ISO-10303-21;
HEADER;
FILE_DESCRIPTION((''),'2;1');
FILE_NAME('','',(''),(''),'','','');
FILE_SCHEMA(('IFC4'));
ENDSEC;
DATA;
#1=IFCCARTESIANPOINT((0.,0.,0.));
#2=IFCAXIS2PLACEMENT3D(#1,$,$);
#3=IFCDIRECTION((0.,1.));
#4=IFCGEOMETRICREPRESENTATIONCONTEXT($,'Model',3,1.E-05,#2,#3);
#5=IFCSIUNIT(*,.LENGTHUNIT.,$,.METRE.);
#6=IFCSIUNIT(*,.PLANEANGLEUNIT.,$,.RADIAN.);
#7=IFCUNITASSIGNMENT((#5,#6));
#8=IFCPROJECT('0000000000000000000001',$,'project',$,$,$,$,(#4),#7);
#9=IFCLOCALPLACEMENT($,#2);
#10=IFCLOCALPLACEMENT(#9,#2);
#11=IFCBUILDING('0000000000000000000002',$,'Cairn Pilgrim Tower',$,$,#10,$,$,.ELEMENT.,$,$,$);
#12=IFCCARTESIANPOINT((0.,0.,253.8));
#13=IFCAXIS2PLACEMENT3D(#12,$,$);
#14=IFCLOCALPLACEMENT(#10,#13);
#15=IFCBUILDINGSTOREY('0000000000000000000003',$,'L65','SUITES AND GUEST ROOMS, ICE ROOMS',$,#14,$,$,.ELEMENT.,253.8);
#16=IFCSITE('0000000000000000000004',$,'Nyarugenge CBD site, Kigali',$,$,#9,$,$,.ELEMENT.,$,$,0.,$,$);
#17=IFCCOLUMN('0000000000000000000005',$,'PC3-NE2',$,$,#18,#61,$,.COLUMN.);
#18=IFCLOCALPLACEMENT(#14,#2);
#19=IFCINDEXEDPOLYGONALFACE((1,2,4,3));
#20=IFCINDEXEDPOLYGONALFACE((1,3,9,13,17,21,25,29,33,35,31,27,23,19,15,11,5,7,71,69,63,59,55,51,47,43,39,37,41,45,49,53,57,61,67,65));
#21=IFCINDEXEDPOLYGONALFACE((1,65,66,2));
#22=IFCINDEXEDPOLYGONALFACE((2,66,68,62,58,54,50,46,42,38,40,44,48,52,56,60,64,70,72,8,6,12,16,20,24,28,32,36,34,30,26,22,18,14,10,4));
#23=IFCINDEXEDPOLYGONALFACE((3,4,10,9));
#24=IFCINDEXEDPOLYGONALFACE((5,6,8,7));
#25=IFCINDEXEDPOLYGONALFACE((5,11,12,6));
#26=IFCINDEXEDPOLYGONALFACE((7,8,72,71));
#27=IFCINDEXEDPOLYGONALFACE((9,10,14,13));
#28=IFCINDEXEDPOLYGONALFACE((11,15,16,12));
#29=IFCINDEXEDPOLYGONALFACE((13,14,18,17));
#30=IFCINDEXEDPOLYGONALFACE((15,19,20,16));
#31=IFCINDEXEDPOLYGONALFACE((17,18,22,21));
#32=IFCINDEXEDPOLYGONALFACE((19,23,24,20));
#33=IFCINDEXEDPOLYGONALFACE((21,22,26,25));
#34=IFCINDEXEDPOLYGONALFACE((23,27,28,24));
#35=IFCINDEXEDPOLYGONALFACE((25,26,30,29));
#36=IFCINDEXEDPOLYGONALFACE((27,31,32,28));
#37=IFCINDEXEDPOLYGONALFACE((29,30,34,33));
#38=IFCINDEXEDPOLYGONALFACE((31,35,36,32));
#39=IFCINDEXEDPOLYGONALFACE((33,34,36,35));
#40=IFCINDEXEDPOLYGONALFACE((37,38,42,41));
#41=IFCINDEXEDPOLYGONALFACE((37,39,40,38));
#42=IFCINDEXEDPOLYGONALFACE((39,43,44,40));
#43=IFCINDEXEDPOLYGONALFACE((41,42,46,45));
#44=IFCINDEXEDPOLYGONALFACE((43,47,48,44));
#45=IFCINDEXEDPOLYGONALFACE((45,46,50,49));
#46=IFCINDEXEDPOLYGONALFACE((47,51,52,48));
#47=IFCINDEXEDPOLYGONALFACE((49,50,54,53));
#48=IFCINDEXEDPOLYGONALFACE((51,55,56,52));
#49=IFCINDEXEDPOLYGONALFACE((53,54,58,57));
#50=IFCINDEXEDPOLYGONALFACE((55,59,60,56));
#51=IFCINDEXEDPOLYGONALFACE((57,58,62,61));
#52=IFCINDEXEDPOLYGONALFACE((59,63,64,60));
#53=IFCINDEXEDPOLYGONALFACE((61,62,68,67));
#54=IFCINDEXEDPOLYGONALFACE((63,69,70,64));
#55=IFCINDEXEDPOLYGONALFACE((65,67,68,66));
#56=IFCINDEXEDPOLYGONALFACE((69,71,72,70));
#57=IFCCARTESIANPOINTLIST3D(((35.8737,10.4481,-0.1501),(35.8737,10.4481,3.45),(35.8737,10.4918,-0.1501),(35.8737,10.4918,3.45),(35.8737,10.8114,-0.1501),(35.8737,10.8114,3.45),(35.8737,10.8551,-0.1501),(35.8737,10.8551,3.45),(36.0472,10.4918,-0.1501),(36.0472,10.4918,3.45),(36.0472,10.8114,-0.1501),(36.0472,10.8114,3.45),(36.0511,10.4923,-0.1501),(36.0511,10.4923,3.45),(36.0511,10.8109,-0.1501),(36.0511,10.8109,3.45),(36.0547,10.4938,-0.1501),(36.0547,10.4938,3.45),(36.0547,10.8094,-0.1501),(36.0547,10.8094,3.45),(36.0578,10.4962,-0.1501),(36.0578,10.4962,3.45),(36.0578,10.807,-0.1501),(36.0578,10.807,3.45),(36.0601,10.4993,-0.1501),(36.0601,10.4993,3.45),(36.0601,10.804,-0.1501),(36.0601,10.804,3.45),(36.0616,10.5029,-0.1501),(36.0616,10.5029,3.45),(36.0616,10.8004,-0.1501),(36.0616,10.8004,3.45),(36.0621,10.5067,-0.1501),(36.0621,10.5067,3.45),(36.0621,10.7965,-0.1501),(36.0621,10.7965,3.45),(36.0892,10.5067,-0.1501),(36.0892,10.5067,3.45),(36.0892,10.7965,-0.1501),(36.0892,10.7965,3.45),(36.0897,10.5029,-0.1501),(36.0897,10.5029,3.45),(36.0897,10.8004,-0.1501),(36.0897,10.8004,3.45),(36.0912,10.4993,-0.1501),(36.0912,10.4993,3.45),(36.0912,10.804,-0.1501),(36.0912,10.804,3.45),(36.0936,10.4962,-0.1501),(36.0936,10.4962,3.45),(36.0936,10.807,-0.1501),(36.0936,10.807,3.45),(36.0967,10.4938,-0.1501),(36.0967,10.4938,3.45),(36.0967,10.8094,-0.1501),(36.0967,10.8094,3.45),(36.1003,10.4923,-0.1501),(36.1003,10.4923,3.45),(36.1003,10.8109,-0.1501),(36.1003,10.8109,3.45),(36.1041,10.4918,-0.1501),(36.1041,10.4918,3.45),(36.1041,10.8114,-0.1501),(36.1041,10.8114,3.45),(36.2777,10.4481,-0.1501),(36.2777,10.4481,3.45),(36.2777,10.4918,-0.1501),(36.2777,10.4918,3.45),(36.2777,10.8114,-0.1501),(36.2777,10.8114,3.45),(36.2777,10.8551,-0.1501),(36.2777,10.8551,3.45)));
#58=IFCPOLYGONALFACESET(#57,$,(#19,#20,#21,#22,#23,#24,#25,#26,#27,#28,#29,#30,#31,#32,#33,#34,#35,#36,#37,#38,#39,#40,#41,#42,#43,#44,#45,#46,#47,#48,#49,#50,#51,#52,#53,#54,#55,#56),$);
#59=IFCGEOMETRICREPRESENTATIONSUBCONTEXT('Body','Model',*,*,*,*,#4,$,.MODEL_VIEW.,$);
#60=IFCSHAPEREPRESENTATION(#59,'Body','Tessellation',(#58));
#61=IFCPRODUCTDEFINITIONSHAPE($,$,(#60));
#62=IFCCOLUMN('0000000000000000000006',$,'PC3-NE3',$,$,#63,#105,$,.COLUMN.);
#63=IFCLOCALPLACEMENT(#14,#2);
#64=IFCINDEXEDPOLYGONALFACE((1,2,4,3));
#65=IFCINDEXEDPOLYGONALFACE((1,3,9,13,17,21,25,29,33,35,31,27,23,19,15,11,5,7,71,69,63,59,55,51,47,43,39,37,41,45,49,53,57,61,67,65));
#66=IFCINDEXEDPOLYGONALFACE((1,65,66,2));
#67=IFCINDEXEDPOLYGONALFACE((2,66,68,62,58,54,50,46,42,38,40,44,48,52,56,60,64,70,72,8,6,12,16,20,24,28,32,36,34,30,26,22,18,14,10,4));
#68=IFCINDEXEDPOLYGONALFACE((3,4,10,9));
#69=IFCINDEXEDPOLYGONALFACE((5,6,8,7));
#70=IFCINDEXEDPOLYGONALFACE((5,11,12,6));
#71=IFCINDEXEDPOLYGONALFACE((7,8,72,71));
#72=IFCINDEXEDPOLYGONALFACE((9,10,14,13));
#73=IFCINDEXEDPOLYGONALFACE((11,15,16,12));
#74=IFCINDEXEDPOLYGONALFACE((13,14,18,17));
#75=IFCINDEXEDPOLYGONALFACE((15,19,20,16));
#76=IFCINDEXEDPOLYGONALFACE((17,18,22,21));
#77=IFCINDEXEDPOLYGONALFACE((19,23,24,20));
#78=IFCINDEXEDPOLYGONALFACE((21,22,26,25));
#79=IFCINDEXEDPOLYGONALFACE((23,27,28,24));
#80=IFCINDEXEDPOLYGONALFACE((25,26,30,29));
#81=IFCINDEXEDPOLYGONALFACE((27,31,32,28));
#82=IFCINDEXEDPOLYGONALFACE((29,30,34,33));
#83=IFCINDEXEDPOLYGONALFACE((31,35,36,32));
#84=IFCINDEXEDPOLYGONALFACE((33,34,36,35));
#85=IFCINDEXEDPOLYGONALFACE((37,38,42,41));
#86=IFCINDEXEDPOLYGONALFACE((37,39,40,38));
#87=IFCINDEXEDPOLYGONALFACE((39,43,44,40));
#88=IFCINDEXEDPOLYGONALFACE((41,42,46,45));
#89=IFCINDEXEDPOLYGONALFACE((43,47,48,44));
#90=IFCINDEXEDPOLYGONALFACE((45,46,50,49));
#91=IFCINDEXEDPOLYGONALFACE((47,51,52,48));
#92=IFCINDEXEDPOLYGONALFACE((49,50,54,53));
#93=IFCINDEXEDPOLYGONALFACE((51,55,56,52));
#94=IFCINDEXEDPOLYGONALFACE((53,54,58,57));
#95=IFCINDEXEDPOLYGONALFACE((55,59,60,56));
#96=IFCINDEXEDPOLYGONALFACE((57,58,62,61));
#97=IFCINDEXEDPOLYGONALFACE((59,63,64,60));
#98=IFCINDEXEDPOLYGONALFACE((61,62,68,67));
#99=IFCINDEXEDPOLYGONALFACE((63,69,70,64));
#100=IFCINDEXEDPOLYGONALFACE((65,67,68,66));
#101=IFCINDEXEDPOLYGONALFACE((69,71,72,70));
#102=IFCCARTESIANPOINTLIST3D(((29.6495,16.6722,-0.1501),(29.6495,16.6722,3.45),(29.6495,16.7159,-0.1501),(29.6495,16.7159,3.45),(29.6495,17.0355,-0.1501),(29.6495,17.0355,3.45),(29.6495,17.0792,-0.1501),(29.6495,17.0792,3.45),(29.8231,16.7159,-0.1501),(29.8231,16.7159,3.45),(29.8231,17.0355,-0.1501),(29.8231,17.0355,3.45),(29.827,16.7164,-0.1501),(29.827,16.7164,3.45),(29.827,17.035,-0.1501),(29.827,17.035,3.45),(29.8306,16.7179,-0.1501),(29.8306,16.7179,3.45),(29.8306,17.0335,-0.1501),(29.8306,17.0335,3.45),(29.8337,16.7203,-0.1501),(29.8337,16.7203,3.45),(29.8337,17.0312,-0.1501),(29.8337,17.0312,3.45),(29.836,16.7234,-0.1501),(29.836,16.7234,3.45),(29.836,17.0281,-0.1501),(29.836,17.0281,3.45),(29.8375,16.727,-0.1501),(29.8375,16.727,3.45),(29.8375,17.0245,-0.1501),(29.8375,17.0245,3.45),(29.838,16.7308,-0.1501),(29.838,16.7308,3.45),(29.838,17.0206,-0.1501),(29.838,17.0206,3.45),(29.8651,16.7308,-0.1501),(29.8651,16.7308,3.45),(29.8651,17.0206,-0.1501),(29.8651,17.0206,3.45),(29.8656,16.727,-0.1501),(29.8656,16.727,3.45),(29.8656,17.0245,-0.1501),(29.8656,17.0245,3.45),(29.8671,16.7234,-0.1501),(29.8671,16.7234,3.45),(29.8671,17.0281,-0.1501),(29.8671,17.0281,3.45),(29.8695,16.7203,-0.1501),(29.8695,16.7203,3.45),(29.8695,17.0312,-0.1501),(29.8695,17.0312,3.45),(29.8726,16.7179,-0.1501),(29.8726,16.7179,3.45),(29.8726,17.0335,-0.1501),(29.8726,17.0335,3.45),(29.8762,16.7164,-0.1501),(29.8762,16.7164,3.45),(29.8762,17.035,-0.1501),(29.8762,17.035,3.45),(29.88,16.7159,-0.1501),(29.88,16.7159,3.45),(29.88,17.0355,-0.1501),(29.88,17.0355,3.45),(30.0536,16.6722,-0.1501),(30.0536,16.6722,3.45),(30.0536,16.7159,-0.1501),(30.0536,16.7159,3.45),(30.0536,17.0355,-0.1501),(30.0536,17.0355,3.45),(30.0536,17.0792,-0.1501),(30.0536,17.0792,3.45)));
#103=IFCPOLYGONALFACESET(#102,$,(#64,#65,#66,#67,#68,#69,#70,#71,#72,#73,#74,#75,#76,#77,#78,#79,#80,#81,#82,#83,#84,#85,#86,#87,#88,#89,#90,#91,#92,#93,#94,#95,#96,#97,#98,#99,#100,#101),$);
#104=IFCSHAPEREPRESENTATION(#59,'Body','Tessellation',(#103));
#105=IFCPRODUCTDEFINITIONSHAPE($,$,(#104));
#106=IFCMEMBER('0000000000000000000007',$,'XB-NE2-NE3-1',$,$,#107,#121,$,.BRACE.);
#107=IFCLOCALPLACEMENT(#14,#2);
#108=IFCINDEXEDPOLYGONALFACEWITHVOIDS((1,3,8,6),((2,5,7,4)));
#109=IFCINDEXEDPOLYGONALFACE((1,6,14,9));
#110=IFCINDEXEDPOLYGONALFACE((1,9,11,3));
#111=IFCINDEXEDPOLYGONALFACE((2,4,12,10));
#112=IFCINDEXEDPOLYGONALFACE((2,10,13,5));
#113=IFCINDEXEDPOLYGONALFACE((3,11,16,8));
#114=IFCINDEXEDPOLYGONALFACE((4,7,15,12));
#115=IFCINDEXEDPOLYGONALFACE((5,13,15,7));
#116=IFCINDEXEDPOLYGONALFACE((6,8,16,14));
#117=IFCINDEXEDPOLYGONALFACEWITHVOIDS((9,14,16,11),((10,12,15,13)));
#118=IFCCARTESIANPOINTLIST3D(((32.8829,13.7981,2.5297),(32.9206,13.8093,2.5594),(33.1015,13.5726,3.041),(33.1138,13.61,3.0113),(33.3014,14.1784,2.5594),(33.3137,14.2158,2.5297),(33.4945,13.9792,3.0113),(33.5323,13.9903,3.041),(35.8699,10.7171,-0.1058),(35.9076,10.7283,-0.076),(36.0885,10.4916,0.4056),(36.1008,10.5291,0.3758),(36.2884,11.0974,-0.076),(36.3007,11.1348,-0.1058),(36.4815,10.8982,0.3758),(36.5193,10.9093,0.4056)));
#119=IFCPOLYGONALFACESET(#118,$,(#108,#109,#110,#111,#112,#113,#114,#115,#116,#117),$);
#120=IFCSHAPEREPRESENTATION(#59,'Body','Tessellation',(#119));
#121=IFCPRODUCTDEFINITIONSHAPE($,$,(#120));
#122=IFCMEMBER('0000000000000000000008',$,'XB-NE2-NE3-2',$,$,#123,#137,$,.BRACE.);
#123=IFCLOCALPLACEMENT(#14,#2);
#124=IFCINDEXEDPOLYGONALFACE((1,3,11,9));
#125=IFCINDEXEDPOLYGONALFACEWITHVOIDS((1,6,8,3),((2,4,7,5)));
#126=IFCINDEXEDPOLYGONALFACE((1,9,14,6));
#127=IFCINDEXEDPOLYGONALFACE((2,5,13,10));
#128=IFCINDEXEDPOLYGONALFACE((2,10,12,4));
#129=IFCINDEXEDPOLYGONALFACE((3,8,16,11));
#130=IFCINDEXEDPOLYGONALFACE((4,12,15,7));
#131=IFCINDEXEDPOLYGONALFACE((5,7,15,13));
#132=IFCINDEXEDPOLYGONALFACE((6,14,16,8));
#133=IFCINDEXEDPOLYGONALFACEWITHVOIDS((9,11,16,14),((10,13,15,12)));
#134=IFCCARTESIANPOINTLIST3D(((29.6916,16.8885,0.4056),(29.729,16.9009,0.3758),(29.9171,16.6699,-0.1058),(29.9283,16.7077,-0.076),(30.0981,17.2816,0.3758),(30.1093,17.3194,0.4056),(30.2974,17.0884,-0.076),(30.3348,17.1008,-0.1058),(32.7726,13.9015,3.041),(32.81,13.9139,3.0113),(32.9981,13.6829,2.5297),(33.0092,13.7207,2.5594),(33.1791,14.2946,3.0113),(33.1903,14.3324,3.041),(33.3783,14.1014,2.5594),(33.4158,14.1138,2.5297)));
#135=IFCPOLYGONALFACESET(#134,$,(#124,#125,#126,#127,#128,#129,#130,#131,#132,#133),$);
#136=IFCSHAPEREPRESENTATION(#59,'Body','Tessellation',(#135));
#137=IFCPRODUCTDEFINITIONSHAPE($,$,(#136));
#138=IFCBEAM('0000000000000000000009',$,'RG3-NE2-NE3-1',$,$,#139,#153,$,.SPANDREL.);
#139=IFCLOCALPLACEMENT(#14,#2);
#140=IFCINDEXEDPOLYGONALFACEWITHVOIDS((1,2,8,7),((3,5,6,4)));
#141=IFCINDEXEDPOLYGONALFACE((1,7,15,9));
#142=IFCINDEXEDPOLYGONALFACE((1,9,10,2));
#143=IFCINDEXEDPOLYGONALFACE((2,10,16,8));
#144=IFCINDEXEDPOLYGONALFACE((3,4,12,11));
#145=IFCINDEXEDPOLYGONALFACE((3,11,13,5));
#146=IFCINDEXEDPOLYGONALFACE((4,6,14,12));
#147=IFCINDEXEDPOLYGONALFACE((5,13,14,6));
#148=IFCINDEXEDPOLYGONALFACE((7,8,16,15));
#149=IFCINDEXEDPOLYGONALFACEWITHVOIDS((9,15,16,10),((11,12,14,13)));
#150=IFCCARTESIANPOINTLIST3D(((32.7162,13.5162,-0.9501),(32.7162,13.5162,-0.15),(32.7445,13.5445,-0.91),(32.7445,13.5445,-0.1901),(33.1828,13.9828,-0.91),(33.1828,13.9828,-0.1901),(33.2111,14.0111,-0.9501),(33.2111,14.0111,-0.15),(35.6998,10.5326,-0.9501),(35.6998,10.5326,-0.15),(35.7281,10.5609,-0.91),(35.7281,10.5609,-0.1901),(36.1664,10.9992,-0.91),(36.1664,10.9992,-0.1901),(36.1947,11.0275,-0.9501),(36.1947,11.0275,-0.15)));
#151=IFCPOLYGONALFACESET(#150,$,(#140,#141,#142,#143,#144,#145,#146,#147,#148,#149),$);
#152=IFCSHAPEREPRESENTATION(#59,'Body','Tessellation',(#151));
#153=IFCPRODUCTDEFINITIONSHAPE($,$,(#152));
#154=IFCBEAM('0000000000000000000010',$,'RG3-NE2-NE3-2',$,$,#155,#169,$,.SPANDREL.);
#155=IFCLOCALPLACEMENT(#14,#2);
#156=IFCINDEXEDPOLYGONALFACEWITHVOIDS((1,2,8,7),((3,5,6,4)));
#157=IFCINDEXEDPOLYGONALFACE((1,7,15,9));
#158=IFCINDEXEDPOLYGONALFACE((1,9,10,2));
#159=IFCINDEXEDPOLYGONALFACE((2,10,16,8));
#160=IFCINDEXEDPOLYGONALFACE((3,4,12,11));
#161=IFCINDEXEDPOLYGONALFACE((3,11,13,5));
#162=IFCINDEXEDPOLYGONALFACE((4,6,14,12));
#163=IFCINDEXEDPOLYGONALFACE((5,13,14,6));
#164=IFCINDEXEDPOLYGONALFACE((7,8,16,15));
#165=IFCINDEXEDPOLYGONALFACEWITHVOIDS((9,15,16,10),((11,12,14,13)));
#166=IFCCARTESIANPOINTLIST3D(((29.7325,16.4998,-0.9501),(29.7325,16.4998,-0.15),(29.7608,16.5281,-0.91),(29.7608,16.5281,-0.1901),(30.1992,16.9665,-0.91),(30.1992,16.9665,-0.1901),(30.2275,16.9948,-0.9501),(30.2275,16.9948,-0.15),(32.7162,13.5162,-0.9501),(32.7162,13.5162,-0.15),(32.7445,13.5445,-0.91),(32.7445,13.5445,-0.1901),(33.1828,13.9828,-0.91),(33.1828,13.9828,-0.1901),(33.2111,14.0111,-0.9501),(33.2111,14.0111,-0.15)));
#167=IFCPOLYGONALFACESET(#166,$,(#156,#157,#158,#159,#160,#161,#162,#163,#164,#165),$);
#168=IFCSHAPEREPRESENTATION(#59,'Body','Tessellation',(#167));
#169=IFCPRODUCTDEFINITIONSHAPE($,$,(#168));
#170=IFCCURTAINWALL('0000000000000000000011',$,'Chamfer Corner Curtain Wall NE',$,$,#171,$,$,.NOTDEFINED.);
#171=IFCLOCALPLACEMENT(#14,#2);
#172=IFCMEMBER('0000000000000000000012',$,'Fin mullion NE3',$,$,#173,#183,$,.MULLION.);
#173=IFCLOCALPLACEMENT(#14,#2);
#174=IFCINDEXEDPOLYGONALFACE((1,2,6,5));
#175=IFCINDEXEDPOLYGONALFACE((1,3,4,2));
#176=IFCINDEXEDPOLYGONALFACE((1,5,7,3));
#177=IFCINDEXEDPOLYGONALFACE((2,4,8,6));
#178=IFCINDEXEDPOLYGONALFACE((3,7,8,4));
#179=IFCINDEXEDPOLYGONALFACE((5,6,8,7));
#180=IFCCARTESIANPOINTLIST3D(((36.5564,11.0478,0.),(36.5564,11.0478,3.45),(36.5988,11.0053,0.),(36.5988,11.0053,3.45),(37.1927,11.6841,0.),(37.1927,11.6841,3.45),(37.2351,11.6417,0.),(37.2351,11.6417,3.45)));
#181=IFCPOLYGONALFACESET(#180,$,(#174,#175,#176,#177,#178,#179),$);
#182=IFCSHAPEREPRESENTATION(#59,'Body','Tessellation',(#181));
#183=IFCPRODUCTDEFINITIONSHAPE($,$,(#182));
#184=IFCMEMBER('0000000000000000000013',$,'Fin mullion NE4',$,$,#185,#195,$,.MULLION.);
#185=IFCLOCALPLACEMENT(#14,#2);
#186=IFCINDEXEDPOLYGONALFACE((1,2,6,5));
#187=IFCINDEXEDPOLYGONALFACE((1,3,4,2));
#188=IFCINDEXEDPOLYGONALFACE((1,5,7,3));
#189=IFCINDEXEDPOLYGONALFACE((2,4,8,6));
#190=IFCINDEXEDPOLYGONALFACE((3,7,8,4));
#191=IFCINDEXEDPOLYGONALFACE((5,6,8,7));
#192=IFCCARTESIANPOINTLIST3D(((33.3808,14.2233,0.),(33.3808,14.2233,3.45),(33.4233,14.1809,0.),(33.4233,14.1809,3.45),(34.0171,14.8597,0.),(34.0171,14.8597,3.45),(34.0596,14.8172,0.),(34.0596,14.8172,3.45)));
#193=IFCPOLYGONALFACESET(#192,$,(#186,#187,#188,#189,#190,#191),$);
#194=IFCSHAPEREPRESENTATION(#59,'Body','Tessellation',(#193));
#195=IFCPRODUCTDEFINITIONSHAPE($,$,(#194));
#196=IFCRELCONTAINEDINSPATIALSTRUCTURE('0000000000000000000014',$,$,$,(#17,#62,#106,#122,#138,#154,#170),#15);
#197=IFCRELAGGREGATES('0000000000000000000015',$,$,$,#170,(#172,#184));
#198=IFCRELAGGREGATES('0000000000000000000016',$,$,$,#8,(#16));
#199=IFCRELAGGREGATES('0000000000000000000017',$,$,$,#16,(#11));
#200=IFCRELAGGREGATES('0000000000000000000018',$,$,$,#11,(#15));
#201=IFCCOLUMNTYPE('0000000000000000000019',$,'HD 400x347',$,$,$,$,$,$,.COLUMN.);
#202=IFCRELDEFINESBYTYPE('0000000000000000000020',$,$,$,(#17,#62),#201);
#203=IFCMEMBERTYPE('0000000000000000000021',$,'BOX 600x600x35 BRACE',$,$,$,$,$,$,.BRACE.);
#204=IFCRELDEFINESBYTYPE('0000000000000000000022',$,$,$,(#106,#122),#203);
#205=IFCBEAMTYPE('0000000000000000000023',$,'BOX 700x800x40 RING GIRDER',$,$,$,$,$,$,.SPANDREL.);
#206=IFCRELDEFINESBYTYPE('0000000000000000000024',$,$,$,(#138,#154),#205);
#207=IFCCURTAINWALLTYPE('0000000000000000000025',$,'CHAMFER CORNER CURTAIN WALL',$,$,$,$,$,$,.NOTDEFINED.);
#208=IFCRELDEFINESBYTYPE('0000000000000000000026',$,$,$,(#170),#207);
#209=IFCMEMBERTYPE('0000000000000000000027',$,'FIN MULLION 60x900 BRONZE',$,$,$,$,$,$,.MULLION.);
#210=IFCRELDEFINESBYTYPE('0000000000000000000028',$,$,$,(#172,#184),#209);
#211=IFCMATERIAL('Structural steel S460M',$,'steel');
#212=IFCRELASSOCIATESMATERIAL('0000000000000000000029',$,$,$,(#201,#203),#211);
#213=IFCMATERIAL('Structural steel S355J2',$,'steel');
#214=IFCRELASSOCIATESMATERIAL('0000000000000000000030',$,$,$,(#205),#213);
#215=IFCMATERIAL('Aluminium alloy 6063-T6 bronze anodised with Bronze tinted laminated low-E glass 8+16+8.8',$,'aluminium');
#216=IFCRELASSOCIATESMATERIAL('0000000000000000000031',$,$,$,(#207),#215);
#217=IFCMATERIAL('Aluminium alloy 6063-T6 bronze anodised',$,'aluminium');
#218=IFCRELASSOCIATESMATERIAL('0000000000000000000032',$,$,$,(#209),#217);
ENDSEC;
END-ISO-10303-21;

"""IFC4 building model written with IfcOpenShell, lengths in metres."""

from ifc_helpers import new_model, si_unit, direction, frame, origin, origin_2d, place, context, subcontext, project, spatial, rectangle, hollow_rectangle, i_section, extrude, material, material_profile, profile_set, type_object, element, aggregate, save


model = new_model("IFC4")

# Units and contexts
model_context = context("Model", 3, precision=1e-05, world=origin(), true_north=direction((0.0, 1.0)))
body_context = subcontext(model_context, "Body", "Model", "MODEL_VIEW")
ifc_project = project(units=[si_unit("LENGTHUNIT", "METRE"), si_unit("PLANEANGLEUNIT", "RADIAN")], contexts=[model_context])

# Site, building, storey
site_placement = place(None, origin())
site = spatial("IfcSite", under=ifc_project, at=site_placement, Name="Nyarugenge CBD site, Kigali", CompositionType="ELEMENT", RefElevation=0.0)
building_placement = place(site_placement, origin())
building = spatial("IfcBuilding", under=site, at=building_placement, Name="Cairn Pilgrim Tower", CompositionType="ELEMENT")
storey_placement = place(building_placement, frame((0.0, 0.0, 253.8)))
storey = spatial("IfcBuildingStorey", under=building, at=storey_placement, Name="L65", Description="SUITES AND GUEST ROOMS, ICE ROOMS", CompositionType="ELEMENT", Elevation=253.8)

# Columns
ifc_material_1 = material(Name="Structural steel S460M", Category="steel")
ifc_material_profile_1 = material_profile(ifc_material_1, i_section(OverallWidth=0.4041, OverallDepth=0.407, WebThickness=0.0271, FlangeThickness=0.0437, FilletRadius=0.0149, at=origin_2d()), Name="HD 400x347")
ifc_profile_set_1 = profile_set([ifc_material_profile_1], Name="Structural steel S460M")
column_type = type_object("IfcColumnType", Name="HD 400x347", PredefinedType="COLUMN", material=ifc_profile_set_1)
for number, where, z_axis, x_axis, name in (
    (1, (36.0757, 10.6516, -0.1501), (0.0, 0.0, 1.0), (1.0, 0.0, 0.0), "PC3-NE2"),
    (2, (29.8516, 16.8757, -0.1501), (0.0, 0.0, 1.0), (1.0, 0.0, 0.0), "PC3-NE3"),
):
    element("IfcColumn", number, at=place(storey_placement, frame(where, z_axis=z_axis, x_axis=x_axis)), inside=storey, type_object=column_type, Name=name, PredefinedType="COLUMN", context=body_context, shape_type="SweptSolid", body=[
        extrude(i_section(OverallWidth=0.4041, OverallDepth=0.407, WebThickness=0.0271, FlangeThickness=0.0437, FilletRadius=0.0149, at=origin_2d()), origin(), (0.0, 0.0, 1.0), 3.6001),
    ])

# Members
ifc_material_profile_2 = material_profile(ifc_material_1, hollow_rectangle(XDim=0.6001, YDim=0.6001, WallThickness=0.0349, at=origin_2d()), Name="BOX 600x600x35")
ifc_profile_set_2 = profile_set([ifc_material_profile_2], Name="Structural steel S460M")
member_type_1 = type_object("IfcMemberType", Name="BOX 600x600x35 BRACE", PredefinedType="BRACE", material=ifc_profile_set_2)
for number, where, z_axis, x_axis, name in (
    (3, (36.1946, 10.8132, 0.1499), (-0.593142, 0.611806, 0.523332), (-0.717974, -0.69607, 0.0), "XB-NE2-NE3-1"),
    (4, (30.0132, 16.9946, 0.1499), (0.611806, -0.593142, 0.523332), (0.69607, 0.717974, 0.0), "XB-NE2-NE3-2"),
):
    element("IfcMember", number, at=place(storey_placement, frame(where, z_axis=z_axis, x_axis=x_axis)), inside=storey, type_object=member_type_1, Name=name, PredefinedType="BRACE", context=body_context, shape_type="SweptSolid", body=[
        extrude(hollow_rectangle(XDim=0.6001, YDim=0.6001, WallThickness=0.0349, at=origin_2d()), origin(), (0.0, 0.0, 1.0), 5.0359),
    ])

# Beams
ifc_material_2 = material(Name="Structural steel S355J2", Category="steel")
ifc_material_profile_3 = material_profile(ifc_material_2, hollow_rectangle(XDim=0.7, YDim=0.8, WallThickness=0.04, at=origin_2d()), Name="BOX 700x800x40")
ifc_profile_set_3 = profile_set([ifc_material_profile_3], Name="Structural steel S355J2")
beam_type_1 = type_object("IfcBeamType", Name="BOX 700x800x40 RING GIRDER", PredefinedType="SPANDREL", material=ifc_profile_set_3)
for number, where, z_axis, x_axis, name in (
    (5, (35.9473, 10.78, -0.55), (-0.707107, 0.707107, 0.0), (-0.707107, -0.707107, 0.0), "RG3-NE2-NE3-1"),
    (6, (32.9636, 13.7637, -0.55), (-0.707107, 0.707107, 0.0), (-0.707107, -0.707107, 0.0), "RG3-NE2-NE3-2"),
):
    element("IfcBeam", number, at=place(storey_placement, frame(where, z_axis=z_axis, x_axis=x_axis)), inside=storey, type_object=beam_type_1, Name=name, PredefinedType="SPANDREL", context=body_context, shape_type="SweptSolid", body=[
        extrude(hollow_rectangle(XDim=0.7, YDim=0.8, WallThickness=0.04, at=origin_2d()), origin(), (0.0, 0.0, 1.0), 4.2195),
    ])

# Curtain wall, members
ifc_material_3 = material(Name="Aluminium alloy 6063-T6 bronze anodised with Bronze tinted laminated low-E glass 8+16+8.8", Category="aluminium")
curtain_wall_type = type_object("IfcCurtainWallType", Name="CHAMFER CORNER CURTAIN WALL", PredefinedType="NOTDEFINED", material=ifc_material_3)
curtain_wall_placement = place(storey_placement, origin())
curtain_wall = element("IfcCurtainWall", 7, at=curtain_wall_placement, inside=storey, type_object=curtain_wall_type, Name="Chamfer Corner Curtain Wall NE", PredefinedType="NOTDEFINED")
ifc_material_4 = material(Name="Aluminium alloy 6063-T6 bronze anodised", Category="aluminium")
ifc_material_profile_4 = material_profile(ifc_material_4, rectangle(XDim=0.8999, YDim=0.0601, at=origin_2d()), Name="FIN MULLION 60x900 BRONZE")
ifc_profile_set_4 = profile_set([ifc_material_profile_4], Name="Aluminium alloy 6063-T6 bronze anodised")
member_type_2 = type_object("IfcMemberType", Name="FIN MULLION 60x900 BRONZE", PredefinedType="MULLION", material=ifc_profile_set_4)
member_1_placement = place(storey_placement, frame((36.8958, 11.3447, 0.0), z_axis=(0.0, 0.0, 1.0), x_axis=(0.707107, 0.707107, 0.0)))
member_1 = element("IfcMember", 8, at=member_1_placement, type_object=member_type_2, Name="Fin mullion NE3", PredefinedType="MULLION", context=body_context, shape_type="SweptSolid", body=[
    extrude(rectangle(XDim=0.8999, YDim=0.0601, at=origin_2d()), origin(), (0.0, 0.0, 1.0), 3.45),
])
member_2_placement = place(storey_placement, frame((33.7202, 14.5203, 0.0), z_axis=(0.0, 0.0, 1.0), x_axis=(0.707107, 0.707107, 0.0)))
member_2 = element("IfcMember", 9, at=member_2_placement, type_object=member_type_2, Name="Fin mullion NE4", PredefinedType="MULLION", context=body_context, shape_type="SweptSolid", body=[
    extrude(rectangle(XDim=0.8999, YDim=0.0601, at=origin_2d()), origin(), (0.0, 0.0, 1.0), 3.45),
])

aggregate(curtain_wall, [member_1, member_2])

save(model, "model.ifc")
